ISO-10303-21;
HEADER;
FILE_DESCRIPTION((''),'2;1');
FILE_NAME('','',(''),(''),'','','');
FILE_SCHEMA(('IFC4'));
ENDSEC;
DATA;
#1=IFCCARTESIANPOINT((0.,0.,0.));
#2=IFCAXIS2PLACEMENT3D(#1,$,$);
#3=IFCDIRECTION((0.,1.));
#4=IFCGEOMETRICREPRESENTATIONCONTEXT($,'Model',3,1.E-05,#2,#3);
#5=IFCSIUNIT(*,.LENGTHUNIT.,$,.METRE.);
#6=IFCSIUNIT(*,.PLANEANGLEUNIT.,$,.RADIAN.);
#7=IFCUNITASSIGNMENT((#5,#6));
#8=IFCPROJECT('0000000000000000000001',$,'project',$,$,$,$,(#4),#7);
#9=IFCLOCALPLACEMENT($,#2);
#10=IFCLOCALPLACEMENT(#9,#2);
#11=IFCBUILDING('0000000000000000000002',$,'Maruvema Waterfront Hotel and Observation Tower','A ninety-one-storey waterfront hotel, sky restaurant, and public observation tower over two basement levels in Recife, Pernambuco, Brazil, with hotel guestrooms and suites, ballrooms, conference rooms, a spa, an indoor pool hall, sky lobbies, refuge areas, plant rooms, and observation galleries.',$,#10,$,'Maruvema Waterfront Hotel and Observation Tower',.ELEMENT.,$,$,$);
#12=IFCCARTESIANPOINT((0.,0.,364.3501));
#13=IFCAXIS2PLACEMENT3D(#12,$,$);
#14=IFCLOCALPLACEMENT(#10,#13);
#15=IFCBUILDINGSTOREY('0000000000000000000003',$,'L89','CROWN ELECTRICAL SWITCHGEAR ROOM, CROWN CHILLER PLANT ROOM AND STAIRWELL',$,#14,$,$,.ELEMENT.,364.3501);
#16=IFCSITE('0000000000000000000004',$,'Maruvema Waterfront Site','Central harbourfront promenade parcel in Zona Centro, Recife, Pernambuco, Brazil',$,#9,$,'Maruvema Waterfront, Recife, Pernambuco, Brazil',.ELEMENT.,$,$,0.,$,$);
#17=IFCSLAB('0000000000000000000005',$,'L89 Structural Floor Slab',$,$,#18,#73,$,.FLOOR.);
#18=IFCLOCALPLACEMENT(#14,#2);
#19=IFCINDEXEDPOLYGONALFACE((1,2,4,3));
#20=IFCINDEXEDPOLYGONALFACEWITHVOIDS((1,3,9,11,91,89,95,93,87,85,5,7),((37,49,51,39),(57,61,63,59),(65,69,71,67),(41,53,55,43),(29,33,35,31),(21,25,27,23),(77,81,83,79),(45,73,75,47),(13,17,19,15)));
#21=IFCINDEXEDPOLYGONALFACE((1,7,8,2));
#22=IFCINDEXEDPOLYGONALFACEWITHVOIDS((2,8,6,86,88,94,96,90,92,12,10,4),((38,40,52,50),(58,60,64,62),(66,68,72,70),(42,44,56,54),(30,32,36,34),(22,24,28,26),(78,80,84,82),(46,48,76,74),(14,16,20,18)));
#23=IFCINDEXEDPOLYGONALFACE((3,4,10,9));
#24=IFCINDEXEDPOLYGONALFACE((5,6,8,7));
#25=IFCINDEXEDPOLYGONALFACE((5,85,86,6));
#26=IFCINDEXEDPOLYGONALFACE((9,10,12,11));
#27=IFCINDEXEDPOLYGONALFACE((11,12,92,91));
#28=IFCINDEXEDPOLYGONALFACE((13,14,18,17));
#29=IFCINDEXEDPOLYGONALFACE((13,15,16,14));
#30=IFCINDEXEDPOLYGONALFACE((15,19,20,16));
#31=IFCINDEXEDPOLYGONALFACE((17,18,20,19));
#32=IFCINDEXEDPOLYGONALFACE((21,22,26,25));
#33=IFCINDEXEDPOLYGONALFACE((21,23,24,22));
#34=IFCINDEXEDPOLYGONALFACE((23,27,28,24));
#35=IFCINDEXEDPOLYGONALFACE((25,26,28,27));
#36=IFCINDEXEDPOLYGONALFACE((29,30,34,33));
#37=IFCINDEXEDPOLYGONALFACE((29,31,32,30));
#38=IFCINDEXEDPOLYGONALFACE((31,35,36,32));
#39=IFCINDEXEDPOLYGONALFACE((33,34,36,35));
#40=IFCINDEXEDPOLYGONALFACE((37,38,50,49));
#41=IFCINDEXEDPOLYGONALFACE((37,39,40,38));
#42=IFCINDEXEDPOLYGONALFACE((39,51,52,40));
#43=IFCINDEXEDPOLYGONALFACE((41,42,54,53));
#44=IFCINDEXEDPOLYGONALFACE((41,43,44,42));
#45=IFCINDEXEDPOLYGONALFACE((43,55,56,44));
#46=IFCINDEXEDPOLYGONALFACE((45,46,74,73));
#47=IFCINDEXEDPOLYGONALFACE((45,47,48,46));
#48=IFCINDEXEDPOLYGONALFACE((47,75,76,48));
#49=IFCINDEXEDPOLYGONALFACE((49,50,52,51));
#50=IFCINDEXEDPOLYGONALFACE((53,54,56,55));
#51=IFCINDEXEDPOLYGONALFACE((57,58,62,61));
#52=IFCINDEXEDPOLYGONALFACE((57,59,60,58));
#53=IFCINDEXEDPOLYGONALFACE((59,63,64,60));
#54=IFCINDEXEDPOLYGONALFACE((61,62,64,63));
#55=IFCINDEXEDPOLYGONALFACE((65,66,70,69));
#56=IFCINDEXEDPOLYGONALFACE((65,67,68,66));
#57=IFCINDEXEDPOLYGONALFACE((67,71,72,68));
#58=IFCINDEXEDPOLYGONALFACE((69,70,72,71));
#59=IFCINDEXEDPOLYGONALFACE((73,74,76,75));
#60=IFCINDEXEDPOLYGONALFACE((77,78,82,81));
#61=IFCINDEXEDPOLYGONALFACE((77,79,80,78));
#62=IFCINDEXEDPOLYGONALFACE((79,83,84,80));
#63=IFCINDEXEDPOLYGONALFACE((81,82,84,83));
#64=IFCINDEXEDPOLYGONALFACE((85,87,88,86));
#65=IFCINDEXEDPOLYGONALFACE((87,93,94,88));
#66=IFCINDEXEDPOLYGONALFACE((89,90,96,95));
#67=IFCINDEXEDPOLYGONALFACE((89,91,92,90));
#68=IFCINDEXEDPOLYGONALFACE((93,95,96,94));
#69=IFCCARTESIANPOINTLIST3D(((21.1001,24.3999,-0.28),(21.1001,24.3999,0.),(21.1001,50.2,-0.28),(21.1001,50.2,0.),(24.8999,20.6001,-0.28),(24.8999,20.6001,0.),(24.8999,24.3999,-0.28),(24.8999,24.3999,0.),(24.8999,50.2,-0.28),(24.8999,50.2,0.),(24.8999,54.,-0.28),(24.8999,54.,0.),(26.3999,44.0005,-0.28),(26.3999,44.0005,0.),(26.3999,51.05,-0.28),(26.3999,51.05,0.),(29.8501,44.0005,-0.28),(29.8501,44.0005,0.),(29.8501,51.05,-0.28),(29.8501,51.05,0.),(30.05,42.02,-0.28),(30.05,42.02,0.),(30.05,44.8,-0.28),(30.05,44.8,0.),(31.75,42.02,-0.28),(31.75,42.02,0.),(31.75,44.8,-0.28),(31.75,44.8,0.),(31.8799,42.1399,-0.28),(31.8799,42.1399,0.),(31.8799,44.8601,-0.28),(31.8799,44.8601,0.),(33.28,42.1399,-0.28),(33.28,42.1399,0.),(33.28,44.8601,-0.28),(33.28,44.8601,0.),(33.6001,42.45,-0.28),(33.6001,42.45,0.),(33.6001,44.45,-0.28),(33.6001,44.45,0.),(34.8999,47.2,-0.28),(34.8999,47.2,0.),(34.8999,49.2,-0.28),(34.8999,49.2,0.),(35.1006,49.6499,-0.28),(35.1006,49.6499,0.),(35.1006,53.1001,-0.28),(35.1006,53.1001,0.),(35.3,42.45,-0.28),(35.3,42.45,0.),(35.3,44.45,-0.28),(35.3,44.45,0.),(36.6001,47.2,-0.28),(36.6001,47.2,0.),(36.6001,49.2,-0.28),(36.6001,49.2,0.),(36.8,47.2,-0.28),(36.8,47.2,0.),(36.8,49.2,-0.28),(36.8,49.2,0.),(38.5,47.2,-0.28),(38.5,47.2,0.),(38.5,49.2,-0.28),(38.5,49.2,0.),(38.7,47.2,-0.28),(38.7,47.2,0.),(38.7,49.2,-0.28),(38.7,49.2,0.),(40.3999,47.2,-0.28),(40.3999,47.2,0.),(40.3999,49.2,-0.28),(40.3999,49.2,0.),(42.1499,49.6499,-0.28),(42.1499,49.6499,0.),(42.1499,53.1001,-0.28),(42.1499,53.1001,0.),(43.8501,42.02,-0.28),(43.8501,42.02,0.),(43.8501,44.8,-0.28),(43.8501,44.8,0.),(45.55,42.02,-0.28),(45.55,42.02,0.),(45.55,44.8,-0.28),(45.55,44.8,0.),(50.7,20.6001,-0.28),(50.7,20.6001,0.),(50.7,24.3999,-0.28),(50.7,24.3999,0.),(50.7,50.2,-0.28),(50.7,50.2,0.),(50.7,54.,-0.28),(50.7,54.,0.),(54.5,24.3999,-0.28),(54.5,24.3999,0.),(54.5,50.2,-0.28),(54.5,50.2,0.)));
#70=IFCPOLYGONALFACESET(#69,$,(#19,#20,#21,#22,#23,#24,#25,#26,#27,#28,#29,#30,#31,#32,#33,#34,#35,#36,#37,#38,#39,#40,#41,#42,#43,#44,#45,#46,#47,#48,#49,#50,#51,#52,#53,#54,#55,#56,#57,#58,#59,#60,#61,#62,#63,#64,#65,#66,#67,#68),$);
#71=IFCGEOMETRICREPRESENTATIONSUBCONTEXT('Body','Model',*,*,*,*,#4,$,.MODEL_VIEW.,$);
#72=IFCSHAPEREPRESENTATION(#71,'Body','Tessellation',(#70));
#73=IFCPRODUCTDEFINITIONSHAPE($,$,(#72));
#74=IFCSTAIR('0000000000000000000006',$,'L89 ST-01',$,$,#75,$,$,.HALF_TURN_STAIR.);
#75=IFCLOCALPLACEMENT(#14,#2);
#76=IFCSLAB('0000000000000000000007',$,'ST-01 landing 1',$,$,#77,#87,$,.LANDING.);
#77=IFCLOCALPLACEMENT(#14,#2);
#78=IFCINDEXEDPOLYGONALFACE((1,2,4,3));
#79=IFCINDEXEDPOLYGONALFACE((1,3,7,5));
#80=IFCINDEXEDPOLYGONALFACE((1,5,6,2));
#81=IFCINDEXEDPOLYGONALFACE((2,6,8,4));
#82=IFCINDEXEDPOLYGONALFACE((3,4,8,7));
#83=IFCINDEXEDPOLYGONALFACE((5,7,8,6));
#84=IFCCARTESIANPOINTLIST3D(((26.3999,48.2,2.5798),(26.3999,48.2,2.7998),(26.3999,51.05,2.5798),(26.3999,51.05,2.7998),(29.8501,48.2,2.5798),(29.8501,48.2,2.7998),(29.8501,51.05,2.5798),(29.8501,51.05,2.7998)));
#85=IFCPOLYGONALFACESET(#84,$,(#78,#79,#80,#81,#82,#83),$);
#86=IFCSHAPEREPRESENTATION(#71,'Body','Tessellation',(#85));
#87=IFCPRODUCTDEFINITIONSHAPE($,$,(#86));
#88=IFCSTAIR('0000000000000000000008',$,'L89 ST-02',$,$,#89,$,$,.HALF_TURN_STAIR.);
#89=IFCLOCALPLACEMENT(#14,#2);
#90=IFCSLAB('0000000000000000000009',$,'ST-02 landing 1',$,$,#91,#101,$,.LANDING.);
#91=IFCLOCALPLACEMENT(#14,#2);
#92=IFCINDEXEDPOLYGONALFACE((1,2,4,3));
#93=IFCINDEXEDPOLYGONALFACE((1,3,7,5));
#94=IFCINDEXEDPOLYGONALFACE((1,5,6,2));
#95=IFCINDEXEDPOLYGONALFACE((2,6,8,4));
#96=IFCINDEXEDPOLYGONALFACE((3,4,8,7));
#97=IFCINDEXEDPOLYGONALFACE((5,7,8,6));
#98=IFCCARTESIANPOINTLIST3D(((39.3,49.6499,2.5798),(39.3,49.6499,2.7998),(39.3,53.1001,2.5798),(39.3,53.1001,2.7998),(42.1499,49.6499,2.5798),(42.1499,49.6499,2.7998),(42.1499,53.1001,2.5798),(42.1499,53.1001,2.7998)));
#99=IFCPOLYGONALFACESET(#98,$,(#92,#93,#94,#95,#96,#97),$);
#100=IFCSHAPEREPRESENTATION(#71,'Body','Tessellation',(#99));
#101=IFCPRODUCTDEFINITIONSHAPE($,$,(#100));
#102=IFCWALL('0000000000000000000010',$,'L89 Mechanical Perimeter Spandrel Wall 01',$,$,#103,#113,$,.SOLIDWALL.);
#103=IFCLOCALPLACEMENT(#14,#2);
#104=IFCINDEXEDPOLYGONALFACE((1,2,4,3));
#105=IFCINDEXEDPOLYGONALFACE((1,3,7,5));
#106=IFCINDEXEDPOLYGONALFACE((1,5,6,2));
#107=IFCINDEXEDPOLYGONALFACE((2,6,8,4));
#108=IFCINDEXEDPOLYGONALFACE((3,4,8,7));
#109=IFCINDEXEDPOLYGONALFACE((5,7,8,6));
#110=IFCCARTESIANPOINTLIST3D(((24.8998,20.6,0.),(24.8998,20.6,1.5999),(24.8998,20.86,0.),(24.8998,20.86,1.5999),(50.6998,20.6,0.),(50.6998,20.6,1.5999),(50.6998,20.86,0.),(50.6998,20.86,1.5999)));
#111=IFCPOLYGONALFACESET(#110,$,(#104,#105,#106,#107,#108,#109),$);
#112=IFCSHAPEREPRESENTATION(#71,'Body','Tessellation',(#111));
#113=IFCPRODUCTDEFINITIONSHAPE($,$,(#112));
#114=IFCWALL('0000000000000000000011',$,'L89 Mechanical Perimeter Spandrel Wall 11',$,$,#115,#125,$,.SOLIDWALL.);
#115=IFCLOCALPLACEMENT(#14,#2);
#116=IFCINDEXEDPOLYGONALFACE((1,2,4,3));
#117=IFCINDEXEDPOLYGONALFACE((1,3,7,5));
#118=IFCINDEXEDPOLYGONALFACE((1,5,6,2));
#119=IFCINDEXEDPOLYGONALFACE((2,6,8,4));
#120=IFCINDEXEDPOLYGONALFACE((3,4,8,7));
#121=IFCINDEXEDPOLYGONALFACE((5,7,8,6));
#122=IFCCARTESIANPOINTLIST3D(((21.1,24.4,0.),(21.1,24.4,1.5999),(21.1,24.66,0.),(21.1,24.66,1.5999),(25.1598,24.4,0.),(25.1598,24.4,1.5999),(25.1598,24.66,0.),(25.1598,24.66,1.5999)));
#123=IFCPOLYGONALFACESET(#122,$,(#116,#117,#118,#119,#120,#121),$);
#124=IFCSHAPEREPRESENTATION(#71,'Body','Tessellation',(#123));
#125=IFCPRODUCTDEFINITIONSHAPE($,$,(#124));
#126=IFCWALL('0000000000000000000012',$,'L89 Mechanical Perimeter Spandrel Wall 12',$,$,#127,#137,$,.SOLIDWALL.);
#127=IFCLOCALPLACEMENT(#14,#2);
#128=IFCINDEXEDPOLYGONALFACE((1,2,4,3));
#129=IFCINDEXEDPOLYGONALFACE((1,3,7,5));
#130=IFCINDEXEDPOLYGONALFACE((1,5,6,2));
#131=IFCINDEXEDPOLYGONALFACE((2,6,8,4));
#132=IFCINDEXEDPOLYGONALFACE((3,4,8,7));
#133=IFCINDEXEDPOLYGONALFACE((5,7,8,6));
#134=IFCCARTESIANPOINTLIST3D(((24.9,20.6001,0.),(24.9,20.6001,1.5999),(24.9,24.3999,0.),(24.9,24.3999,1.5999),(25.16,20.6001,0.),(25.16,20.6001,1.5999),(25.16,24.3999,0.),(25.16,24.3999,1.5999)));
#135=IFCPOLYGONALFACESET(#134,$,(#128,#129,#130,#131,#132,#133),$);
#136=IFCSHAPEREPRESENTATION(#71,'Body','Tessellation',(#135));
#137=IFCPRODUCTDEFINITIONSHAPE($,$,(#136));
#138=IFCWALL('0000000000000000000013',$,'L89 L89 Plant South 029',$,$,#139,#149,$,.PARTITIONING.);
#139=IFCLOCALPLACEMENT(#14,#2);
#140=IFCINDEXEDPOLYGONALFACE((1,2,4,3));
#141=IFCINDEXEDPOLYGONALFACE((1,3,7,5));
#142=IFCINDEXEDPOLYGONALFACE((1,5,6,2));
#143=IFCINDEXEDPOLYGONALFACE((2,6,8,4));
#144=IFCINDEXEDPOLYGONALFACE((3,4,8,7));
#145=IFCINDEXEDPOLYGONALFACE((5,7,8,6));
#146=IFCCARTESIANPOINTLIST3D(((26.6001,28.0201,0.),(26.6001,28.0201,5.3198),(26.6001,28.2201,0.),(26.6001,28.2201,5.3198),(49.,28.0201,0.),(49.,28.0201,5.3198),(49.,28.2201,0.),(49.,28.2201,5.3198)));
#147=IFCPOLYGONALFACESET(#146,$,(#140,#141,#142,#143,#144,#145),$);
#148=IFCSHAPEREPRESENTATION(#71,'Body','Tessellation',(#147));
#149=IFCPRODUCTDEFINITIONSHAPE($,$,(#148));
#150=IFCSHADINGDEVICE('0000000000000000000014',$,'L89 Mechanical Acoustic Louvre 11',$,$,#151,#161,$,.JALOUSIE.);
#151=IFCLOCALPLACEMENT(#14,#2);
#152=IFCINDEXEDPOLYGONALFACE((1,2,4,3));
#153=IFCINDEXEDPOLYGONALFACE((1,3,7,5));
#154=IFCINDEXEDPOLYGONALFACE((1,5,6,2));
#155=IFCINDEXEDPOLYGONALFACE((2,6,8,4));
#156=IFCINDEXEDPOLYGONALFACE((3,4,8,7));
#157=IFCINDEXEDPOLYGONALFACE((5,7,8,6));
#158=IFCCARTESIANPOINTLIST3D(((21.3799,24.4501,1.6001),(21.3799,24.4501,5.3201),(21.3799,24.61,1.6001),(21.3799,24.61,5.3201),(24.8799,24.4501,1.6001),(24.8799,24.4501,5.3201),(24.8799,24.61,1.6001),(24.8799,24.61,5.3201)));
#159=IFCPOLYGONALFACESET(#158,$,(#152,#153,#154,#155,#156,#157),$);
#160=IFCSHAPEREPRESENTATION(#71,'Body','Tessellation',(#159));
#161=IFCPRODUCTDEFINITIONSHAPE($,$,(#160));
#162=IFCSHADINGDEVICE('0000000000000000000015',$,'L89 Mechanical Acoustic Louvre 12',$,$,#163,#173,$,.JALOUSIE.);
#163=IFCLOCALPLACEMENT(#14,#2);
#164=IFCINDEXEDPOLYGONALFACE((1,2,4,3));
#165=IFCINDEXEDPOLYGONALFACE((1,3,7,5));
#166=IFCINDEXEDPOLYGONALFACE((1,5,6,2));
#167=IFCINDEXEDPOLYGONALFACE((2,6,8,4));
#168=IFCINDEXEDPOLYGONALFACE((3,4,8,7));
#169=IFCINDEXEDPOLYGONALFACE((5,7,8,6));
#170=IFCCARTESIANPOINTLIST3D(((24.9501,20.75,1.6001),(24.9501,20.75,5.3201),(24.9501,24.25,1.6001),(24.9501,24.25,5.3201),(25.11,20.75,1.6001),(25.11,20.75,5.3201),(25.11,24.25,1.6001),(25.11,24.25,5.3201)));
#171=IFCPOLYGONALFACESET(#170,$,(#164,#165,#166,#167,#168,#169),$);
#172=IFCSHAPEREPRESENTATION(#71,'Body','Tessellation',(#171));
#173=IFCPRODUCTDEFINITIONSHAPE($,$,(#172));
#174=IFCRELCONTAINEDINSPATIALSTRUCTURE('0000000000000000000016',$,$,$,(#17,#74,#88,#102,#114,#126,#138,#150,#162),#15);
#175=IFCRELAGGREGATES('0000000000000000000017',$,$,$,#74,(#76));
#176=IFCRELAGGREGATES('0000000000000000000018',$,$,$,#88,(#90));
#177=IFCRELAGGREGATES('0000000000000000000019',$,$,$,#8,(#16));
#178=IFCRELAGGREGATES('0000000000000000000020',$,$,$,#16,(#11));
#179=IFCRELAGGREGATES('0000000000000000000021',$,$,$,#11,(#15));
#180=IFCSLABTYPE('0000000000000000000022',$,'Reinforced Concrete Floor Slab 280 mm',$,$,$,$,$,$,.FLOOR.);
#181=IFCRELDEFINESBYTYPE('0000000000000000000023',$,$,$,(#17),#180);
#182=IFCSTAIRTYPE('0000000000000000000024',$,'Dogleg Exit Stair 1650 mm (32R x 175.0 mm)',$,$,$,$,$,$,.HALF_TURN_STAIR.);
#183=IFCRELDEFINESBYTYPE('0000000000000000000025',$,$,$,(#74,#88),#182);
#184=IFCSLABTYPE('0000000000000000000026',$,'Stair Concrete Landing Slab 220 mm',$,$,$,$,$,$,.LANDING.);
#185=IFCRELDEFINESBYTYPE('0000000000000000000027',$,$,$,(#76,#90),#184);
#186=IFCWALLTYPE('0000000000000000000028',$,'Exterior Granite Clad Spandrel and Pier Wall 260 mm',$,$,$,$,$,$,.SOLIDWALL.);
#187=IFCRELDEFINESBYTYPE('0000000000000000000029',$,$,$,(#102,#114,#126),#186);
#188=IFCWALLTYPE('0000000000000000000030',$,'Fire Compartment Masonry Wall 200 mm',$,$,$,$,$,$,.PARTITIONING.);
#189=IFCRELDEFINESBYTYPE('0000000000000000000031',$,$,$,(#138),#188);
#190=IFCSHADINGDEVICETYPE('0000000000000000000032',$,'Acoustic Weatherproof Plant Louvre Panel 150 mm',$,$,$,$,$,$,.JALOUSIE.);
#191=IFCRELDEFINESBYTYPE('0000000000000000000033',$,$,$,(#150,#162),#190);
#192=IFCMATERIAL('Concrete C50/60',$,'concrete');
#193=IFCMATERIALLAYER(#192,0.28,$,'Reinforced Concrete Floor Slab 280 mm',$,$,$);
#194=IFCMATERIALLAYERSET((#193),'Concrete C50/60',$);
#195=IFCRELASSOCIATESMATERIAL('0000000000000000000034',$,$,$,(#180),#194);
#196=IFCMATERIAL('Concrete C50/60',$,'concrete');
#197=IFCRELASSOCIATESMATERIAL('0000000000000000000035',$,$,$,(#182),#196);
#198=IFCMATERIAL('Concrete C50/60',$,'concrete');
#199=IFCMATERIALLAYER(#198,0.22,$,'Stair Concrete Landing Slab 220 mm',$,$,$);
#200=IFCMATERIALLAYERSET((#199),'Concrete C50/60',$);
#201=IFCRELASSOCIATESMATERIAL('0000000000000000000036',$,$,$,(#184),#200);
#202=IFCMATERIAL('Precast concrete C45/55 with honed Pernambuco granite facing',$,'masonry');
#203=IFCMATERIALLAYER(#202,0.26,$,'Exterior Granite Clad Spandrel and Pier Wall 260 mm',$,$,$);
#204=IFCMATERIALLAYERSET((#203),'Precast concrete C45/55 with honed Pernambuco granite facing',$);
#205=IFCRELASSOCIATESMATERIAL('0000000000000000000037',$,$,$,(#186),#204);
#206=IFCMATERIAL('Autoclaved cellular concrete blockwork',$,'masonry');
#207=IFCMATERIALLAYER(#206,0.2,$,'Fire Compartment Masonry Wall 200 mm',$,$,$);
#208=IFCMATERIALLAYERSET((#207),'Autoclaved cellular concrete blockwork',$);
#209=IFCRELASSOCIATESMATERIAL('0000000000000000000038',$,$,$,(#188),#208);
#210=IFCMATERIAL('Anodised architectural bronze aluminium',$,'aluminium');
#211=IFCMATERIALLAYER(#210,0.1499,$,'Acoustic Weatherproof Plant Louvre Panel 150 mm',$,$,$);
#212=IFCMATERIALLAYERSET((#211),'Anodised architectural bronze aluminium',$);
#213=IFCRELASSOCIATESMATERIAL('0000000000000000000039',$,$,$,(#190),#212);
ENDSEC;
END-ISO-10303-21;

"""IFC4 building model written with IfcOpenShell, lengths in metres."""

from ifc_helpers import new_model, si_unit, direction, frame, frame_2d, origin, origin_2d, place, context, subcontext, project, spatial, polyline, rectangle, outline, extrude, material, layer, layer_set, type_object, element, aggregate, save


model = new_model("IFC4")

# Units and contexts
model_context = context("Model", 3, precision=1e-05, world=origin(), true_north=direction((0.0, 1.0)))
body_context = subcontext(model_context, "Body", "Model", "MODEL_VIEW")
ifc_project = project(units=[si_unit("LENGTHUNIT", "METRE"), si_unit("PLANEANGLEUNIT", "RADIAN")], contexts=[model_context])

# Site, building, storey
site_placement = place(None, origin())
site = spatial("IfcSite", under=ifc_project, at=site_placement, Name="Maruvema Waterfront Site", Description="Central harbourfront promenade parcel in Zona Centro, Recife, Pernambuco, Brazil", LongName="Maruvema Waterfront, Recife, Pernambuco, Brazil", CompositionType="ELEMENT", RefElevation=0.0)
building_placement = place(site_placement, origin())
building = spatial("IfcBuilding", under=site, at=building_placement, Name="Maruvema Waterfront Hotel and Observation Tower", Description="A ninety-one-storey waterfront hotel, sky restaurant, and public observation tower over two basement levels in Recife, Pernambuco, Brazil, with hotel guestrooms and suites, ballrooms, conference rooms, a spa, an indoor pool hall, sky lobbies, refuge areas, plant rooms, and observation galleries.", LongName="Maruvema Waterfront Hotel and Observation Tower", CompositionType="ELEMENT")
storey_placement = place(building_placement, frame((0.0, 0.0, 364.3501)))
storey = spatial("IfcBuildingStorey", under=building, at=storey_placement, Name="L89", Description="CROWN ELECTRICAL SWITCHGEAR ROOM, CROWN CHILLER PLANT ROOM AND STAIRWELL", CompositionType="ELEMENT", Elevation=364.3501)

# Slab
ifc_material_1 = material(Name="Concrete C50/60", Category="concrete")
ifc_layer_1 = layer(ifc_material_1, 0.28, Name="Reinforced Concrete Floor Slab 280 mm")
ifc_layer_set_1 = layer_set([ifc_layer_1], Name="Concrete C50/60")
slab_type_1 = type_object("IfcSlabType", Name="Reinforced Concrete Floor Slab 280 mm", PredefinedType="FLOOR", material=ifc_layer_set_1)
slab_1_placement = place(storey_placement, frame((0.0, 0.0, -0.28)))
element("IfcSlab", 1, at=slab_1_placement, inside=storey, type_object=slab_type_1, Name="L89 Structural Floor Slab", PredefinedType="FLOOR", context=body_context, shape_type="SweptSolid", body=[
    extrude(outline(polyline([(24.8999, 20.6001), (50.7, 20.6001), (50.7, 24.3999), (54.5, 24.3999), (54.5, 50.2), (50.7, 50.2), (50.7, 54.0), (24.8999, 54.0), (24.8999, 50.2), (21.1001, 50.2), (21.1001, 24.3999), (24.8999, 24.3999), (24.8999, 20.6001)]), holes=[polyline([(29.8501, 44.0005), (26.3999, 44.0005), (26.3999, 51.05), (29.8501, 51.05), (29.8501, 44.0005)]), polyline([(30.05, 42.02), (30.05, 44.8), (31.75, 44.8), (31.75, 42.02), (30.05, 42.02)]), polyline([(31.8799, 42.1399), (31.8799, 44.8601), (33.28, 44.8601), (33.28, 42.1399), (31.8799, 42.1399)]), polyline([(33.6001, 42.45), (33.6001, 44.45), (35.3, 44.45), (35.3, 42.45), (33.6001, 42.45)]), polyline([(34.8999, 47.2), (34.8999, 49.2), (36.6001, 49.2), (36.6001, 47.2), (34.8999, 47.2)]), polyline([(36.8, 47.2), (36.8, 49.2), (38.5, 49.2), (38.5, 47.2), (36.8, 47.2)]), polyline([(35.1006, 53.1001), (42.1499, 53.1001), (42.1499, 49.6499), (35.1006, 49.6499), (35.1006, 53.1001)]), polyline([(38.7, 49.2), (40.3999, 49.2), (40.3999, 47.2), (38.7, 47.2), (38.7, 49.2)]), polyline([(43.8501, 42.02), (43.8501, 44.8), (45.55, 44.8), (45.55, 42.02), (43.8501, 42.02)])]), origin(), (0.0, 0.0, 1.0), 0.28),
])

# Stairs, slabs
ifc_material_2 = material(Name="Concrete C50/60", Category="concrete")
stair_type = type_object("IfcStairType", Name="Dogleg Exit Stair 1650 mm (32R x 175.0 mm)", PredefinedType="HALF_TURN_STAIR", material=ifc_material_2)
stair_1_placement = place(storey_placement, origin())
stair_1 = element("IfcStair", 2, at=stair_1_placement, inside=storey, type_object=stair_type, Name="L89 ST-01", PredefinedType="HALF_TURN_STAIR")
ifc_material_3 = material(Name="Concrete C50/60", Category="concrete")
ifc_layer_2 = layer(ifc_material_3, 0.22, Name="Stair Concrete Landing Slab 220 mm")
ifc_layer_set_2 = layer_set([ifc_layer_2], Name="Concrete C50/60")
slab_type_2 = type_object("IfcSlabType", Name="Stair Concrete Landing Slab 220 mm", PredefinedType="LANDING", material=ifc_layer_set_2)
slab_2_placement = place(storey_placement, frame((0.0, 0.0, 2.5798)))
slab_2 = element("IfcSlab", 3, at=slab_2_placement, type_object=slab_type_2, Name="ST-01 landing 1", PredefinedType="LANDING", context=body_context, shape_type="SweptSolid", body=[
    extrude(outline(polyline([(29.8501, 48.2), (29.8501, 51.05), (26.3999, 51.05), (26.3999, 48.2), (29.8501, 48.2)])), origin(), (0.0, 0.0, 1.0), 0.22),
])
aggregate(stair_1, [slab_2])
stair_2_placement = place(storey_placement, origin())
stair_2 = element("IfcStair", 4, at=stair_2_placement, inside=storey, type_object=stair_type, Name="L89 ST-02", PredefinedType="HALF_TURN_STAIR")
slab_3_placement = place(storey_placement, frame((0.0, 0.0, 2.5798)))
slab_3 = element("IfcSlab", 5, at=slab_3_placement, type_object=slab_type_2, Name="ST-02 landing 1", PredefinedType="LANDING", context=body_context, shape_type="SweptSolid", body=[
    extrude(outline(polyline([(39.3, 49.6499), (42.1499, 49.6499), (42.1499, 53.1001), (39.3, 53.1001), (39.3, 49.6499)])), origin(), (0.0, 0.0, 1.0), 0.22),
])
aggregate(stair_2, [slab_3])

# Walls
ifc_material_4 = material(Name="Precast concrete C45/55 with honed Pernambuco granite facing", Category="masonry")
ifc_layer_3 = layer(ifc_material_4, 0.26, Name="Exterior Granite Clad Spandrel and Pier Wall 260 mm")
ifc_layer_set_3 = layer_set([ifc_layer_3], Name="Precast concrete C45/55 with honed Pernambuco granite facing")
wall_type_1 = type_object("IfcWallType", Name="Exterior Granite Clad Spandrel and Pier Wall 260 mm", PredefinedType="SOLIDWALL", material=ifc_layer_set_3)
wall_1_placement = place(storey_placement, frame((24.8999, 20.73, 0.0), z_axis=(0.0, 0.0, 1.0), x_axis=(1.0, 0.0, 0.0)))
element("IfcWall", 6, at=wall_1_placement, inside=storey, type_object=wall_type_1, Name="L89 Mechanical Perimeter Spandrel Wall 01", PredefinedType="SOLIDWALL", context=body_context, shape_type="SweptSolid", body=[
    extrude(rectangle(XDim=25.8, YDim=0.26, at=frame_2d((12.8999, 0.0))), origin(), (0.0, 0.0, 1.0), 1.5999),
])
wall_2_placement = place(storey_placement, frame((21.1001, 24.53, 0.0), z_axis=(0.0, 0.0, 1.0), x_axis=(1.0, 0.0, 0.0)))
element("IfcWall", 7, at=wall_2_placement, inside=storey, type_object=wall_type_1, Name="L89 Mechanical Perimeter Spandrel Wall 11", PredefinedType="SOLIDWALL", context=body_context, shape_type="SweptSolid", body=[
    extrude(rectangle(XDim=4.0598, YDim=0.26, at=frame_2d((2.0298, 0.0))), origin(), (0.0, 0.0, 1.0), 1.5999),
])
wall_3_placement = place(storey_placement, frame((25.03, 24.3999, 0.0), z_axis=(0.0, 0.0, 1.0), x_axis=(0.0, -1.0, 0.0)))
element("IfcWall", 8, at=wall_3_placement, inside=storey, type_object=wall_type_1, Name="L89 Mechanical Perimeter Spandrel Wall 12", PredefinedType="SOLIDWALL", context=body_context, shape_type="SweptSolid", body=[
    extrude(rectangle(XDim=3.7998, YDim=0.26, at=frame_2d((1.8999, 0.0))), origin(), (0.0, 0.0, 1.0), 1.5999),
])
ifc_material_5 = material(Name="Autoclaved cellular concrete blockwork", Category="masonry")
ifc_layer_4 = layer(ifc_material_5, 0.2, Name="Fire Compartment Masonry Wall 200 mm")
ifc_layer_set_4 = layer_set([ifc_layer_4], Name="Autoclaved cellular concrete blockwork")
wall_type_2 = type_object("IfcWallType", Name="Fire Compartment Masonry Wall 200 mm", PredefinedType="PARTITIONING", material=ifc_layer_set_4)
wall_4_placement = place(storey_placement, frame((26.6001, 28.1201, 0.0), z_axis=(0.0, 0.0, 1.0), x_axis=(1.0, 0.0, 0.0)))
element("IfcWall", 9, at=wall_4_placement, inside=storey, type_object=wall_type_2, Name="L89 L89 Plant South 029", PredefinedType="PARTITIONING", context=body_context, shape_type="SweptSolid", body=[
    extrude(rectangle(XDim=22.3999, YDim=0.2, at=frame_2d((11.2, 0.0))), origin(), (0.0, 0.0, 1.0), 5.3198),
])

# Shading devices
ifc_material_6 = material(Name="Anodised architectural bronze aluminium", Category="aluminium")
ifc_layer_5 = layer(ifc_material_6, 0.1499, Name="Acoustic Weatherproof Plant Louvre Panel 150 mm")
ifc_layer_set_5 = layer_set([ifc_layer_5], Name="Anodised architectural bronze aluminium")
shading_device_type = type_object("IfcShadingDeviceType", Name="Acoustic Weatherproof Plant Louvre Panel 150 mm", PredefinedType="JALOUSIE", material=ifc_layer_set_5)
for number, where, z_axis, x_axis, name in (
    (10, (23.1299, 24.53, 1.6001), (0.0, 0.0, 1.0), (1.0, 0.0, 0.0), "L89 Mechanical Acoustic Louvre 11"),
    (11, (25.03, 22.5, 1.6001), (0.0, 0.0, 1.0), (0.0, -1.0, 0.0), "L89 Mechanical Acoustic Louvre 12"),
):
    element("IfcShadingDevice", number, at=place(storey_placement, frame(where, z_axis=z_axis, x_axis=x_axis)), inside=storey, type_object=shading_device_type, Name=name, PredefinedType="JALOUSIE", context=body_context, shape_type="SweptSolid", body=[
        extrude(rectangle(XDim=3.5, YDim=0.1599, at=origin_2d()), origin(), (0.0, 0.0, 1.0), 3.72),
    ])

save(model, "model.ifc")
